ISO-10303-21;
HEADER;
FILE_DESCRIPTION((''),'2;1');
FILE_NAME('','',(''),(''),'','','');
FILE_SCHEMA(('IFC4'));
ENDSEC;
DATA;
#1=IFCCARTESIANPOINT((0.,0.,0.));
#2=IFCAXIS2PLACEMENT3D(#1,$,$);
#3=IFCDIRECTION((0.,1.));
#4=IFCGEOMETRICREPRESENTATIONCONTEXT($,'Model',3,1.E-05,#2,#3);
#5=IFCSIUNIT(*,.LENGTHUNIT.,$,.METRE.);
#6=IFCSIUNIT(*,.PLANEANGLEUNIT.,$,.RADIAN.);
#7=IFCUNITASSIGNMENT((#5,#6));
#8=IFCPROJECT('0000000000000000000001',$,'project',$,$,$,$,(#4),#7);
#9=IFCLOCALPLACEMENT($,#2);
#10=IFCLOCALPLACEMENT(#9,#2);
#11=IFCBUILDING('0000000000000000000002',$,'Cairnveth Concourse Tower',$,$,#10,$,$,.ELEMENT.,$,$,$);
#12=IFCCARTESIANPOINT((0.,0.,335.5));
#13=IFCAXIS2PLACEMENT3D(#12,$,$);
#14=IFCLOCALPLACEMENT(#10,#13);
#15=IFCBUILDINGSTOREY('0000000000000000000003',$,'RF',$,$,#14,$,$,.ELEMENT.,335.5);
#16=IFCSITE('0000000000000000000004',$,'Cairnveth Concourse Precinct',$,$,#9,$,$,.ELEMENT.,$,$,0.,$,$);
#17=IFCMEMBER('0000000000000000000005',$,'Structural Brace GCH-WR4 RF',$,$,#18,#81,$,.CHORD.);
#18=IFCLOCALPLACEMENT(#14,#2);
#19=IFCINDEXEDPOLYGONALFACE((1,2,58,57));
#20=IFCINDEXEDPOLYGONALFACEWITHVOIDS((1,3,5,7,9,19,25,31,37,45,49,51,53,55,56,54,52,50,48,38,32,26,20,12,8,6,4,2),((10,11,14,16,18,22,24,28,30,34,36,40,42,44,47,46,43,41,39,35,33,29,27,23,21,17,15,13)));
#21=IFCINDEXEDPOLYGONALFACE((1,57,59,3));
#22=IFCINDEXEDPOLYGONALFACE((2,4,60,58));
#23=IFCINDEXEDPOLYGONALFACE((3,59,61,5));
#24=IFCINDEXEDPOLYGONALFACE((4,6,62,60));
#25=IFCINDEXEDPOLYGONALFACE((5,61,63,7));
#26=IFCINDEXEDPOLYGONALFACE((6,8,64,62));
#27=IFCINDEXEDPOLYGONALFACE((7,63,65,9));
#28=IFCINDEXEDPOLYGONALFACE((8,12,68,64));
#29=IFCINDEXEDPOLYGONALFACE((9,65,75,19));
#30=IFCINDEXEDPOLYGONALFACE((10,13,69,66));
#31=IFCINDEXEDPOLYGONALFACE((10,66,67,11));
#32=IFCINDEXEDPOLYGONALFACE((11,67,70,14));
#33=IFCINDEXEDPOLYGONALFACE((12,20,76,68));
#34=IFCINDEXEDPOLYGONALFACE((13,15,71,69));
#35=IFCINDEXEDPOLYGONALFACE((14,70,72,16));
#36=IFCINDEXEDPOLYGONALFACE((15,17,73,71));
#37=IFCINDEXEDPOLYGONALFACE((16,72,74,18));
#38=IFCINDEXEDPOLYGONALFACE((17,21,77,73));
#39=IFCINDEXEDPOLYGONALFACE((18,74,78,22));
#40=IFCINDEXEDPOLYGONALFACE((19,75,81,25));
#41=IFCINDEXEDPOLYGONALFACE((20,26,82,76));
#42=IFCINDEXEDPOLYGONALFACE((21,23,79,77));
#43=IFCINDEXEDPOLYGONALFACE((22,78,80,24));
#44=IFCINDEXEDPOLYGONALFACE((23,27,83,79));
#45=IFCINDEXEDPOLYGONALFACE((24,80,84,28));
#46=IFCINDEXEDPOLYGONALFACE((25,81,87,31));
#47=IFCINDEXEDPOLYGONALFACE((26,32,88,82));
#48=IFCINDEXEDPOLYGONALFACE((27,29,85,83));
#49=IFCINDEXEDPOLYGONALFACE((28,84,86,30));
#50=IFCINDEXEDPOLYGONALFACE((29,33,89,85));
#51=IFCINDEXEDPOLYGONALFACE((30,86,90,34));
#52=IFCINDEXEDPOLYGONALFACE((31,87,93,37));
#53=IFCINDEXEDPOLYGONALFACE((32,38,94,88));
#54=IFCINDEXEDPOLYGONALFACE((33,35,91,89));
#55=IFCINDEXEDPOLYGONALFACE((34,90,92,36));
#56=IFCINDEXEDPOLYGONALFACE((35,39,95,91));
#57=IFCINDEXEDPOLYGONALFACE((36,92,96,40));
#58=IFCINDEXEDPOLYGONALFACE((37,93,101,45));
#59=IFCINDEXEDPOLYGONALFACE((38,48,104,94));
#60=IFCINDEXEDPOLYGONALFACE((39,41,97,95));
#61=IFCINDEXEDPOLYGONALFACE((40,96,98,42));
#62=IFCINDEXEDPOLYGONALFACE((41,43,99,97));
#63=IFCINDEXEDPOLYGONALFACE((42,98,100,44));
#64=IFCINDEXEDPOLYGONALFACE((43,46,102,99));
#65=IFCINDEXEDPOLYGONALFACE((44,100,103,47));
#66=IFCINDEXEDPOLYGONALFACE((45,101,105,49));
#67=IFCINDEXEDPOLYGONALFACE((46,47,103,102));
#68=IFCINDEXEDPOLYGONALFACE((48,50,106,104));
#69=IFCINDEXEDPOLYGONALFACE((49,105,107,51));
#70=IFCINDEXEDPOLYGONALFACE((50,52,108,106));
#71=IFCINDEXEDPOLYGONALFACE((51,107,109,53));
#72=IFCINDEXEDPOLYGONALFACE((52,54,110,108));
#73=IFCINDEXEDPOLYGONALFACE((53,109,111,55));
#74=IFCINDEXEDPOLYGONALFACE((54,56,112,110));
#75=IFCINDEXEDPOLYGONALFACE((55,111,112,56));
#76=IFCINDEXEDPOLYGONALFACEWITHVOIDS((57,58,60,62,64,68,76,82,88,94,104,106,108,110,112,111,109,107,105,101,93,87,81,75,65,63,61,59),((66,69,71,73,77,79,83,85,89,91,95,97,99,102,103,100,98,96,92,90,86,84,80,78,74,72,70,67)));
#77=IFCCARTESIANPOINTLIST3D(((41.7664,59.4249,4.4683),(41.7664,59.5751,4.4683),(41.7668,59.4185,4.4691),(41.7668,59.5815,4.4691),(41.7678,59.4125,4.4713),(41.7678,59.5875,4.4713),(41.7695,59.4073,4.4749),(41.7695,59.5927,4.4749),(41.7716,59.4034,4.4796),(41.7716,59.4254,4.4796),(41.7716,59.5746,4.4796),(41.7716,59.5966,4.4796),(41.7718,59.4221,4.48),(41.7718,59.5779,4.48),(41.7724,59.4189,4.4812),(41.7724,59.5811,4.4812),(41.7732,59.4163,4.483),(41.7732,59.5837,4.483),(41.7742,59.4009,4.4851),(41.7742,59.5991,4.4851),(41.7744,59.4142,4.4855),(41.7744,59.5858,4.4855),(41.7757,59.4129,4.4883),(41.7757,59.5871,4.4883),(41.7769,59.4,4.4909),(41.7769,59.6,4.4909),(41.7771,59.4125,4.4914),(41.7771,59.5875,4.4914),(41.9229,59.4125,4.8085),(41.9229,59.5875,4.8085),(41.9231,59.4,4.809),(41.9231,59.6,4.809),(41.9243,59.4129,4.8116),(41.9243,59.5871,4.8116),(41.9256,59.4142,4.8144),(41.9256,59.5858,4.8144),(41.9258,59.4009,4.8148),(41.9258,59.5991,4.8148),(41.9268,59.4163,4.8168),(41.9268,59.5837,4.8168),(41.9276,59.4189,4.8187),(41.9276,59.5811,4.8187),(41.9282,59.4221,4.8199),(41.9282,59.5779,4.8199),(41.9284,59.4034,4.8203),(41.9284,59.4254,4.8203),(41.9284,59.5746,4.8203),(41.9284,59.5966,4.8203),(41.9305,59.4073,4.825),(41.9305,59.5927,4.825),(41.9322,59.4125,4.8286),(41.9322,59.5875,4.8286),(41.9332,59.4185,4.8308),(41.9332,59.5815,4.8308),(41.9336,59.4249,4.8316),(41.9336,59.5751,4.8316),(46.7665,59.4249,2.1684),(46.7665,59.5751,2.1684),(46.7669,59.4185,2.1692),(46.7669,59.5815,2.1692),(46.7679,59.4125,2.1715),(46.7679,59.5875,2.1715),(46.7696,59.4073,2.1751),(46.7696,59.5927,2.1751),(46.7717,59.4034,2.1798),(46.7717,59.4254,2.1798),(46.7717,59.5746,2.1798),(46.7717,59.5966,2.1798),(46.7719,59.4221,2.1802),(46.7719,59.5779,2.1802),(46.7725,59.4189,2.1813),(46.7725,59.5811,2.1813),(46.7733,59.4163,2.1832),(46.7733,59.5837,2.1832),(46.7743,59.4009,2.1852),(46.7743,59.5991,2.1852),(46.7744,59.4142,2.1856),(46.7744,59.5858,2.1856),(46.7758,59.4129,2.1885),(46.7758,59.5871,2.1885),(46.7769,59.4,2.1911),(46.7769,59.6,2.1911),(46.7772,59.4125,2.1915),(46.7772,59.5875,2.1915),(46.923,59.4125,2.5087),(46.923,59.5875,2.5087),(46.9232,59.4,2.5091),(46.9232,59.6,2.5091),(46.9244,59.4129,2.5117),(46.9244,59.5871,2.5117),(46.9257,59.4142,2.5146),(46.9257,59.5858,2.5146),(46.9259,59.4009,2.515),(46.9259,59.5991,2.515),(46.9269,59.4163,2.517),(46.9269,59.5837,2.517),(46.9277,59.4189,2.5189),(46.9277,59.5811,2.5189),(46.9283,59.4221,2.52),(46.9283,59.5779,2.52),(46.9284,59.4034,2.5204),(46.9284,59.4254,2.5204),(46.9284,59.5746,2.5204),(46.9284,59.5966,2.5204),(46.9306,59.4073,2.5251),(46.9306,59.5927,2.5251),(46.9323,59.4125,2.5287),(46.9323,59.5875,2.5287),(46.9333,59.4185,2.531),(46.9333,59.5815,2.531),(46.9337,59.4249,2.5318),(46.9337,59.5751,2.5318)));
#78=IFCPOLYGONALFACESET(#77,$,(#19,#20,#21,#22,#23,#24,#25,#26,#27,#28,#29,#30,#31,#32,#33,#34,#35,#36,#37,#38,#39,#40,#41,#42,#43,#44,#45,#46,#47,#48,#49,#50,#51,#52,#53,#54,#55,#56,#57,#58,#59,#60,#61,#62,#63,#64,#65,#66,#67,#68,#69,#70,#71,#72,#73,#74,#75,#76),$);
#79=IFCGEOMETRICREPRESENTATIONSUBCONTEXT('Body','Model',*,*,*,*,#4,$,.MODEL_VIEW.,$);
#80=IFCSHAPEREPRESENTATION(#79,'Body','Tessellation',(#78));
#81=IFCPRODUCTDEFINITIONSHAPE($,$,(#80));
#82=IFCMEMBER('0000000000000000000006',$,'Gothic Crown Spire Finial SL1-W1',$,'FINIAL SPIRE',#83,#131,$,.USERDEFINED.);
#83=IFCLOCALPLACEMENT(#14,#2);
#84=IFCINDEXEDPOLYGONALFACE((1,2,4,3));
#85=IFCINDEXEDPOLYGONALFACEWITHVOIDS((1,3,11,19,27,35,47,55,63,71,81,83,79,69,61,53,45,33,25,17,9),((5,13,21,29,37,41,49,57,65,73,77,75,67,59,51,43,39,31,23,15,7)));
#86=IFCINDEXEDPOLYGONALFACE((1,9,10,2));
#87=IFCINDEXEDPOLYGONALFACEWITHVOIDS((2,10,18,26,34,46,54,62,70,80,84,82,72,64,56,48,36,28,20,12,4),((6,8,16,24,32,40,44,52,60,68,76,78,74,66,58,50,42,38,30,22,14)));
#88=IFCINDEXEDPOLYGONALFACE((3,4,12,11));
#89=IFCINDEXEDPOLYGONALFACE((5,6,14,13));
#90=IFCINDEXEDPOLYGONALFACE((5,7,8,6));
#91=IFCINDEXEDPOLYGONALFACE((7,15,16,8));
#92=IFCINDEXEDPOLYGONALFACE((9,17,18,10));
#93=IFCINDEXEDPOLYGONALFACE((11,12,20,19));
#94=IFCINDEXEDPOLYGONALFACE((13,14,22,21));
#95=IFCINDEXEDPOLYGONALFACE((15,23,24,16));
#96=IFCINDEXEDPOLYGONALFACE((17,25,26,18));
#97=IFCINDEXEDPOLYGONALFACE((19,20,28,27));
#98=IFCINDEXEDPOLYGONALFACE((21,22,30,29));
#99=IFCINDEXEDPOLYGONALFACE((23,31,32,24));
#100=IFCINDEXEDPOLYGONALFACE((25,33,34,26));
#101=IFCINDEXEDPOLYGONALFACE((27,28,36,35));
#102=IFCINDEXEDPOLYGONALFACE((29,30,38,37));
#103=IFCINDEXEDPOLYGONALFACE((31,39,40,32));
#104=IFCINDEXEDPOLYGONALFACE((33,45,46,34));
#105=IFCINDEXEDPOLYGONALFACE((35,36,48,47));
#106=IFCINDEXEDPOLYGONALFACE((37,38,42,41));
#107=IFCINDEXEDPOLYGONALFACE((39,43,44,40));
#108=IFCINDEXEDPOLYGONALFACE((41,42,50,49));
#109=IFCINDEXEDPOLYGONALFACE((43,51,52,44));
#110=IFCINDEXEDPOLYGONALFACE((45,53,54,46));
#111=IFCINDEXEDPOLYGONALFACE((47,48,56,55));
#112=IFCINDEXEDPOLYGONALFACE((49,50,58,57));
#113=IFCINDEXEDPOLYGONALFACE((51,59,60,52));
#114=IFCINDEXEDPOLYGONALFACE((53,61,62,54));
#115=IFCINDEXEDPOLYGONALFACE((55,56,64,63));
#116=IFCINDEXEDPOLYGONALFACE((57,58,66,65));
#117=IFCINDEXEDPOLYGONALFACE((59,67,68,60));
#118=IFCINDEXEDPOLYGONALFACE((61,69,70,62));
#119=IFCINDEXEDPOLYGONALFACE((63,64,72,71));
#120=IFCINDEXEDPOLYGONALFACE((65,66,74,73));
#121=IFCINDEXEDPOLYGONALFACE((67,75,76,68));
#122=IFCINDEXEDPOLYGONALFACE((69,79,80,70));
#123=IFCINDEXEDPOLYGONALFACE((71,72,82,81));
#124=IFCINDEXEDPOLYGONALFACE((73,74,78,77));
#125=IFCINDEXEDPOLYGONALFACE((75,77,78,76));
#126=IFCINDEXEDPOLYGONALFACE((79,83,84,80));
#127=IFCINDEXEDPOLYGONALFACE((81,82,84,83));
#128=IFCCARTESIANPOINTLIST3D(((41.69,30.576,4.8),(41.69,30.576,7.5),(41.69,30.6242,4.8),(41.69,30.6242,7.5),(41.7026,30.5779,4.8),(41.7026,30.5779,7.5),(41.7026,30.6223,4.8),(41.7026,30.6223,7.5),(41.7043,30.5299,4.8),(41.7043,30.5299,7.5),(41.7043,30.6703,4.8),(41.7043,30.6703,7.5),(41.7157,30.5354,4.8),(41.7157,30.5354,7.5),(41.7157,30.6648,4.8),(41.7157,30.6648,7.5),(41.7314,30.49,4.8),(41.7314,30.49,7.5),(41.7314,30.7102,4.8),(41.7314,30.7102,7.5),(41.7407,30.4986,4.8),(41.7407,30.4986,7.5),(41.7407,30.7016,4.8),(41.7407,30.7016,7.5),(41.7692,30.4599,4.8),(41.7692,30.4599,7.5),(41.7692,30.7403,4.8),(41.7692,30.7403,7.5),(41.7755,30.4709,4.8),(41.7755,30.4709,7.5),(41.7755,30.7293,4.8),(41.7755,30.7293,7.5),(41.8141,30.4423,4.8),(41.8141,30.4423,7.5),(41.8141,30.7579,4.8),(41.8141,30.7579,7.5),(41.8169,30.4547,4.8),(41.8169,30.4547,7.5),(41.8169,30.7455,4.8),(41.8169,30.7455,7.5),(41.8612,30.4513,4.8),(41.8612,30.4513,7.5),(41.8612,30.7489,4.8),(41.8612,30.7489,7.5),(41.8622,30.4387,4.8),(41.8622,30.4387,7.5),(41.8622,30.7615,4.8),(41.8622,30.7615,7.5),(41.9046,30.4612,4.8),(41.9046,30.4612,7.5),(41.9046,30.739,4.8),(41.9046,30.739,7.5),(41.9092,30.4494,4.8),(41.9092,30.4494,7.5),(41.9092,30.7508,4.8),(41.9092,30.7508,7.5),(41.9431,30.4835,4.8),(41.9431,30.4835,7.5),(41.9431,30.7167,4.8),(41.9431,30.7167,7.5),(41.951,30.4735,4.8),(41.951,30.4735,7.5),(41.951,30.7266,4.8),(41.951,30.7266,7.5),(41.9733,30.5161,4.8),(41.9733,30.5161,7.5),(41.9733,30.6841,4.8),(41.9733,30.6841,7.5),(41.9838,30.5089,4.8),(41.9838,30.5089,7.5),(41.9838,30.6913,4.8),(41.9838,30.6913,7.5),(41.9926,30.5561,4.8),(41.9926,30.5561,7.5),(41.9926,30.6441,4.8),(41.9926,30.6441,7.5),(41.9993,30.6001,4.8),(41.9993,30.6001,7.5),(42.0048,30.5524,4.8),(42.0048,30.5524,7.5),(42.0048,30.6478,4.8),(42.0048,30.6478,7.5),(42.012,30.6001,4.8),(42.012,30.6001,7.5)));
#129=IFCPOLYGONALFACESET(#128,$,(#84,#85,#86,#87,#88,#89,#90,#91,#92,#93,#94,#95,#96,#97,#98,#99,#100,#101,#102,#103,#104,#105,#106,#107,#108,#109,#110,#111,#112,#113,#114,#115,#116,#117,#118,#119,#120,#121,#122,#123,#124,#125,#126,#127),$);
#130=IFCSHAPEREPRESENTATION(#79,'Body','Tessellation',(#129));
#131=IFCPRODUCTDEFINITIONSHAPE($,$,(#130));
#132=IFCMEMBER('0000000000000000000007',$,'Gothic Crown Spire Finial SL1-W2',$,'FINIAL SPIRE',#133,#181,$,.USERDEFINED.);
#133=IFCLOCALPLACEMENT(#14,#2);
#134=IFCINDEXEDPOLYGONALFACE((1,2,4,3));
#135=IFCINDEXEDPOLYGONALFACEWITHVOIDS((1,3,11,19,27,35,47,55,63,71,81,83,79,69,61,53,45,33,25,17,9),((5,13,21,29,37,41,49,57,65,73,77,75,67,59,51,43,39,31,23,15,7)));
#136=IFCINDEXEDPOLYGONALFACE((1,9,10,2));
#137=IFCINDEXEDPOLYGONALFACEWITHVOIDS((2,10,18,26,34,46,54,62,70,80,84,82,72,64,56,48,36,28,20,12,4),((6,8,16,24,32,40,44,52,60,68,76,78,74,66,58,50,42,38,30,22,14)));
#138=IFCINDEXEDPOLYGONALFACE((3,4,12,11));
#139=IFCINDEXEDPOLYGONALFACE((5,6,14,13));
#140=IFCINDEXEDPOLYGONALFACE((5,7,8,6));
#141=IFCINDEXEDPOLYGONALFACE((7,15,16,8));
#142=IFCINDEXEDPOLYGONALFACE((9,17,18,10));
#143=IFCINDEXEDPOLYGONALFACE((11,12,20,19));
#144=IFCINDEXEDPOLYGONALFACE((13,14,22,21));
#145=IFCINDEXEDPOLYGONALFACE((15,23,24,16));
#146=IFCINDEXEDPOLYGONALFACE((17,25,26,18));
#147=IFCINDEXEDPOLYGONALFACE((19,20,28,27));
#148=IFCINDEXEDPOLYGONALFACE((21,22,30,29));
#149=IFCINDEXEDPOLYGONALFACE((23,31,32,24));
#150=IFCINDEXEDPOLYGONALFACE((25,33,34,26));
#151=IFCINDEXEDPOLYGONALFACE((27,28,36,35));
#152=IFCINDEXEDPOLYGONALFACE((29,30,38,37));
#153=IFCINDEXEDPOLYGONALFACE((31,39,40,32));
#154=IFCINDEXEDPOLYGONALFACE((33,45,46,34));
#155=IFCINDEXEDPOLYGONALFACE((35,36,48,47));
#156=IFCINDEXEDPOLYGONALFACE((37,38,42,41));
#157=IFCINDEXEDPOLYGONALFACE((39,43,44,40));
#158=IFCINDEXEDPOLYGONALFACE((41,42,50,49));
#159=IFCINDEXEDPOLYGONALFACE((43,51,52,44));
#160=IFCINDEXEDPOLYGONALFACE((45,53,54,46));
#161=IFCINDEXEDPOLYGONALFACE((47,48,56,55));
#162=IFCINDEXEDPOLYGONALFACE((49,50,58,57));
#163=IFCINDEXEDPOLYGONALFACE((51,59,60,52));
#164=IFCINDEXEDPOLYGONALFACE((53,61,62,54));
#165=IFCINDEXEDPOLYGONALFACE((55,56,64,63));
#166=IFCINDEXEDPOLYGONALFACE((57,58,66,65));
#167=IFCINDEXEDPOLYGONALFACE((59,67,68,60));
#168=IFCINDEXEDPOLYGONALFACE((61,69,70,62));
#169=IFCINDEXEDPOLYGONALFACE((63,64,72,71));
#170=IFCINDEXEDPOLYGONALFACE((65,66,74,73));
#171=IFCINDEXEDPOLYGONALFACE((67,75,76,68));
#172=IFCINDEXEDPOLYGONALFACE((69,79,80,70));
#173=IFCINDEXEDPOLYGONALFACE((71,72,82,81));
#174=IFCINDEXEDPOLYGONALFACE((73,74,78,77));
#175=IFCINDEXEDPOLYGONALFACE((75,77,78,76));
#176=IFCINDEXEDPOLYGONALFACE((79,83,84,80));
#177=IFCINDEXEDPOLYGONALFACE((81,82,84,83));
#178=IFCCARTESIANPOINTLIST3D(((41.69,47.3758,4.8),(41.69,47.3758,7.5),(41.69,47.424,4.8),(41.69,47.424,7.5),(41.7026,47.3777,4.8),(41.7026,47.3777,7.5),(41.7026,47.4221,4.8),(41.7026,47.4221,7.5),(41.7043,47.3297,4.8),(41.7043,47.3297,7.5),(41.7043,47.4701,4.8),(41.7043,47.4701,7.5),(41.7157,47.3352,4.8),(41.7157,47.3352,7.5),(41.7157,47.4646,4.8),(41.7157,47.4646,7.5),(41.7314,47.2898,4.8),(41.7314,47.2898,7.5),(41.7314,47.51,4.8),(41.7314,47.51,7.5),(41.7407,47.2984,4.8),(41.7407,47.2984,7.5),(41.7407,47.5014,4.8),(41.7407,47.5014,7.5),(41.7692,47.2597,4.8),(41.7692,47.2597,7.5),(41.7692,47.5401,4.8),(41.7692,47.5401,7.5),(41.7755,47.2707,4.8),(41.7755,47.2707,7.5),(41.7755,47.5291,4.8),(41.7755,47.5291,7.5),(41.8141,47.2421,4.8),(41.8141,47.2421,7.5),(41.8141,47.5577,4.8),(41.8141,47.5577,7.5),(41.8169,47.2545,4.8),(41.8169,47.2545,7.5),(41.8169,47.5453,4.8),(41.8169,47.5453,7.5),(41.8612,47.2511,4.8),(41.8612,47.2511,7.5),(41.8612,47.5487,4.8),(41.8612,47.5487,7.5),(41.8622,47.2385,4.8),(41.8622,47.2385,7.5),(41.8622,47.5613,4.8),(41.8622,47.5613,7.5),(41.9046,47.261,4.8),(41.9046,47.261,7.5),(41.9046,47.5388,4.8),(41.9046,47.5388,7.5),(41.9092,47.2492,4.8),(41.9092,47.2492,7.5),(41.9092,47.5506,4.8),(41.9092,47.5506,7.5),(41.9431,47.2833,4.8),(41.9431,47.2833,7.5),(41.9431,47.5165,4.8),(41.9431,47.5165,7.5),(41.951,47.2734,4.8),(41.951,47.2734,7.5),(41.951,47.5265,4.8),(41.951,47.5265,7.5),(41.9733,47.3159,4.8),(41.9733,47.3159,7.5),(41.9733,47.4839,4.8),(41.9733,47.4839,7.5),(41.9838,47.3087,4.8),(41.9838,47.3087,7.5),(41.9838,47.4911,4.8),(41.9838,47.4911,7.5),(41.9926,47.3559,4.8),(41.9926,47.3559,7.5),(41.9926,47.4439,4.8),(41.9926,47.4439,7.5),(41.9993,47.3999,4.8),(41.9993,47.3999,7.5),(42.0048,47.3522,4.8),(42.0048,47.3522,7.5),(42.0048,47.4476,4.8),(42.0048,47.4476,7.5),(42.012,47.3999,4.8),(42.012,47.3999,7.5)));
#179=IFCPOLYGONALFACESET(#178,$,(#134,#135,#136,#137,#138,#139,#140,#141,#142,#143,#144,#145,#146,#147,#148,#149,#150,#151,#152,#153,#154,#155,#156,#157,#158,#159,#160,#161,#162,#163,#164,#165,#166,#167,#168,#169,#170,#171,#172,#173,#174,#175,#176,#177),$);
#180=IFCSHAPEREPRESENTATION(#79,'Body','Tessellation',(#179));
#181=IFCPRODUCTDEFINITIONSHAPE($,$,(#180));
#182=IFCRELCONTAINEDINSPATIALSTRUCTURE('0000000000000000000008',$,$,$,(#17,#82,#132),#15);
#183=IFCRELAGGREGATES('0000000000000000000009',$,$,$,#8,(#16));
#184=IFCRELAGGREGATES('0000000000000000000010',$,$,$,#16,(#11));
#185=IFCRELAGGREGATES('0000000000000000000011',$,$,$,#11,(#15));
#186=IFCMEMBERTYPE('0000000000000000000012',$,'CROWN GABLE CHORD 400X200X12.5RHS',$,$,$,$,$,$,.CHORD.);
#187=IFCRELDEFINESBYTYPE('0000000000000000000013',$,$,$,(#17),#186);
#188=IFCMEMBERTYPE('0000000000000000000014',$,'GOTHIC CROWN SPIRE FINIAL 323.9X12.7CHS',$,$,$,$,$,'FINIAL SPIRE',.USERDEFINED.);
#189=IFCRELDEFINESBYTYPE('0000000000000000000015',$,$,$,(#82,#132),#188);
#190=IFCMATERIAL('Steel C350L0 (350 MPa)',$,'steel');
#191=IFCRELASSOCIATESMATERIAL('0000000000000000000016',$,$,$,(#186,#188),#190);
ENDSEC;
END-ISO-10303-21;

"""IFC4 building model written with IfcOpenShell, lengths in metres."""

from ifc_helpers import new_model, si_unit, direction, frame, origin, origin_2d, place, context, subcontext, project, spatial, hollow_rectangle, hollow_circle, extrude, material, material_profile, profile_set, type_object, element, save


model = new_model("IFC4")

# Units and contexts
model_context = context("Model", 3, precision=1e-05, world=origin(), true_north=direction((0.0, 1.0)))
body_context = subcontext(model_context, "Body", "Model", "MODEL_VIEW")
ifc_project = project(units=[si_unit("LENGTHUNIT", "METRE"), si_unit("PLANEANGLEUNIT", "RADIAN")], contexts=[model_context])

# Site, building, storey
site_placement = place(None, origin())
site = spatial("IfcSite", under=ifc_project, at=site_placement, Name="Cairnveth Concourse Precinct", CompositionType="ELEMENT", RefElevation=0.0)
building_placement = place(site_placement, origin())
building = spatial("IfcBuilding", under=site, at=building_placement, Name="Cairnveth Concourse Tower", CompositionType="ELEMENT")
storey_placement = place(building_placement, frame((0.0, 0.0, 335.5)))
storey = spatial("IfcBuildingStorey", under=building, at=storey_placement, Name="RF", CompositionType="ELEMENT", Elevation=335.5)

# Members
ifc_material_1 = material(Name="Steel C350L0 (350 MPa)", Category="steel")
ifc_material_profile_1 = material_profile(ifc_material_1, hollow_rectangle(XDim=0.2, YDim=0.3999, WallThickness=0.0125, InnerFilletRadius=0.0129, OuterFilletRadius=0.0249, at=origin_2d()), Name="400x200x12.5RHS")
ifc_profile_set_1 = profile_set([ifc_material_profile_1], Name="Steel C350L0 (350 MPa)")
member_type_1 = type_object("IfcMemberType", Name="CROWN GABLE CHORD 400X200X12.5RHS", PredefinedType="CHORD", material=ifc_profile_set_1)
for number, where, z_axis, x_axis, name in (
    (1, (46.8501, 59.5, 2.3501), (-0.908504, 0.0, 0.417876), (0.0, -1.0, 0.0), "Structural Brace GCH-WR4 RF"),
):
    element("IfcMember", number, at=place(storey_placement, frame(where, z_axis=z_axis, x_axis=x_axis)), inside=storey, type_object=member_type_1, Name=name, PredefinedType="CHORD", context=body_context, shape_type="SweptSolid", body=[
        extrude(hollow_rectangle(XDim=0.2, YDim=0.3999, WallThickness=0.0125, InnerFilletRadius=0.0129, OuterFilletRadius=0.0249, at=origin_2d()), origin(), (0.0, 0.0, 1.0), 5.5037),
    ])
ifc_material_profile_2 = material_profile(ifc_material_1, hollow_circle(Radius=0.1619, WallThickness=0.0127, at=origin_2d()), Name="323.9x12.7CHS")
ifc_profile_set_2 = profile_set([ifc_material_profile_2], Name="Steel C350L0 (350 MPa)")
member_type_2 = type_object("IfcMemberType", Name="GOTHIC CROWN SPIRE FINIAL 323.9X12.7CHS", ElementType="FINIAL SPIRE", PredefinedType="USERDEFINED", material=ifc_profile_set_2)
for number, where, z_axis, x_axis, name in (
    (2, (41.8501, 30.6001, 4.8), (0.0, 0.0, 1.0), (1.0, 0.0, 0.0), "Gothic Crown Spire Finial SL1-W1"),
    (3, (41.8501, 47.3999, 4.8), (0.0, 0.0, 1.0), (1.0, 0.0, 0.0), "Gothic Crown Spire Finial SL1-W2"),
):
    element("IfcMember", number, at=place(storey_placement, frame(where, z_axis=z_axis, x_axis=x_axis)), inside=storey, type_object=member_type_2, Name=name, ObjectType="FINIAL SPIRE", PredefinedType="USERDEFINED", context=body_context, shape_type="SweptSolid", body=[
        extrude(hollow_circle(Radius=0.1619, WallThickness=0.0127, at=origin_2d()), origin(), (0.0, 0.0, 1.0), 2.7),
    ])

save(model, "model.ifc")
